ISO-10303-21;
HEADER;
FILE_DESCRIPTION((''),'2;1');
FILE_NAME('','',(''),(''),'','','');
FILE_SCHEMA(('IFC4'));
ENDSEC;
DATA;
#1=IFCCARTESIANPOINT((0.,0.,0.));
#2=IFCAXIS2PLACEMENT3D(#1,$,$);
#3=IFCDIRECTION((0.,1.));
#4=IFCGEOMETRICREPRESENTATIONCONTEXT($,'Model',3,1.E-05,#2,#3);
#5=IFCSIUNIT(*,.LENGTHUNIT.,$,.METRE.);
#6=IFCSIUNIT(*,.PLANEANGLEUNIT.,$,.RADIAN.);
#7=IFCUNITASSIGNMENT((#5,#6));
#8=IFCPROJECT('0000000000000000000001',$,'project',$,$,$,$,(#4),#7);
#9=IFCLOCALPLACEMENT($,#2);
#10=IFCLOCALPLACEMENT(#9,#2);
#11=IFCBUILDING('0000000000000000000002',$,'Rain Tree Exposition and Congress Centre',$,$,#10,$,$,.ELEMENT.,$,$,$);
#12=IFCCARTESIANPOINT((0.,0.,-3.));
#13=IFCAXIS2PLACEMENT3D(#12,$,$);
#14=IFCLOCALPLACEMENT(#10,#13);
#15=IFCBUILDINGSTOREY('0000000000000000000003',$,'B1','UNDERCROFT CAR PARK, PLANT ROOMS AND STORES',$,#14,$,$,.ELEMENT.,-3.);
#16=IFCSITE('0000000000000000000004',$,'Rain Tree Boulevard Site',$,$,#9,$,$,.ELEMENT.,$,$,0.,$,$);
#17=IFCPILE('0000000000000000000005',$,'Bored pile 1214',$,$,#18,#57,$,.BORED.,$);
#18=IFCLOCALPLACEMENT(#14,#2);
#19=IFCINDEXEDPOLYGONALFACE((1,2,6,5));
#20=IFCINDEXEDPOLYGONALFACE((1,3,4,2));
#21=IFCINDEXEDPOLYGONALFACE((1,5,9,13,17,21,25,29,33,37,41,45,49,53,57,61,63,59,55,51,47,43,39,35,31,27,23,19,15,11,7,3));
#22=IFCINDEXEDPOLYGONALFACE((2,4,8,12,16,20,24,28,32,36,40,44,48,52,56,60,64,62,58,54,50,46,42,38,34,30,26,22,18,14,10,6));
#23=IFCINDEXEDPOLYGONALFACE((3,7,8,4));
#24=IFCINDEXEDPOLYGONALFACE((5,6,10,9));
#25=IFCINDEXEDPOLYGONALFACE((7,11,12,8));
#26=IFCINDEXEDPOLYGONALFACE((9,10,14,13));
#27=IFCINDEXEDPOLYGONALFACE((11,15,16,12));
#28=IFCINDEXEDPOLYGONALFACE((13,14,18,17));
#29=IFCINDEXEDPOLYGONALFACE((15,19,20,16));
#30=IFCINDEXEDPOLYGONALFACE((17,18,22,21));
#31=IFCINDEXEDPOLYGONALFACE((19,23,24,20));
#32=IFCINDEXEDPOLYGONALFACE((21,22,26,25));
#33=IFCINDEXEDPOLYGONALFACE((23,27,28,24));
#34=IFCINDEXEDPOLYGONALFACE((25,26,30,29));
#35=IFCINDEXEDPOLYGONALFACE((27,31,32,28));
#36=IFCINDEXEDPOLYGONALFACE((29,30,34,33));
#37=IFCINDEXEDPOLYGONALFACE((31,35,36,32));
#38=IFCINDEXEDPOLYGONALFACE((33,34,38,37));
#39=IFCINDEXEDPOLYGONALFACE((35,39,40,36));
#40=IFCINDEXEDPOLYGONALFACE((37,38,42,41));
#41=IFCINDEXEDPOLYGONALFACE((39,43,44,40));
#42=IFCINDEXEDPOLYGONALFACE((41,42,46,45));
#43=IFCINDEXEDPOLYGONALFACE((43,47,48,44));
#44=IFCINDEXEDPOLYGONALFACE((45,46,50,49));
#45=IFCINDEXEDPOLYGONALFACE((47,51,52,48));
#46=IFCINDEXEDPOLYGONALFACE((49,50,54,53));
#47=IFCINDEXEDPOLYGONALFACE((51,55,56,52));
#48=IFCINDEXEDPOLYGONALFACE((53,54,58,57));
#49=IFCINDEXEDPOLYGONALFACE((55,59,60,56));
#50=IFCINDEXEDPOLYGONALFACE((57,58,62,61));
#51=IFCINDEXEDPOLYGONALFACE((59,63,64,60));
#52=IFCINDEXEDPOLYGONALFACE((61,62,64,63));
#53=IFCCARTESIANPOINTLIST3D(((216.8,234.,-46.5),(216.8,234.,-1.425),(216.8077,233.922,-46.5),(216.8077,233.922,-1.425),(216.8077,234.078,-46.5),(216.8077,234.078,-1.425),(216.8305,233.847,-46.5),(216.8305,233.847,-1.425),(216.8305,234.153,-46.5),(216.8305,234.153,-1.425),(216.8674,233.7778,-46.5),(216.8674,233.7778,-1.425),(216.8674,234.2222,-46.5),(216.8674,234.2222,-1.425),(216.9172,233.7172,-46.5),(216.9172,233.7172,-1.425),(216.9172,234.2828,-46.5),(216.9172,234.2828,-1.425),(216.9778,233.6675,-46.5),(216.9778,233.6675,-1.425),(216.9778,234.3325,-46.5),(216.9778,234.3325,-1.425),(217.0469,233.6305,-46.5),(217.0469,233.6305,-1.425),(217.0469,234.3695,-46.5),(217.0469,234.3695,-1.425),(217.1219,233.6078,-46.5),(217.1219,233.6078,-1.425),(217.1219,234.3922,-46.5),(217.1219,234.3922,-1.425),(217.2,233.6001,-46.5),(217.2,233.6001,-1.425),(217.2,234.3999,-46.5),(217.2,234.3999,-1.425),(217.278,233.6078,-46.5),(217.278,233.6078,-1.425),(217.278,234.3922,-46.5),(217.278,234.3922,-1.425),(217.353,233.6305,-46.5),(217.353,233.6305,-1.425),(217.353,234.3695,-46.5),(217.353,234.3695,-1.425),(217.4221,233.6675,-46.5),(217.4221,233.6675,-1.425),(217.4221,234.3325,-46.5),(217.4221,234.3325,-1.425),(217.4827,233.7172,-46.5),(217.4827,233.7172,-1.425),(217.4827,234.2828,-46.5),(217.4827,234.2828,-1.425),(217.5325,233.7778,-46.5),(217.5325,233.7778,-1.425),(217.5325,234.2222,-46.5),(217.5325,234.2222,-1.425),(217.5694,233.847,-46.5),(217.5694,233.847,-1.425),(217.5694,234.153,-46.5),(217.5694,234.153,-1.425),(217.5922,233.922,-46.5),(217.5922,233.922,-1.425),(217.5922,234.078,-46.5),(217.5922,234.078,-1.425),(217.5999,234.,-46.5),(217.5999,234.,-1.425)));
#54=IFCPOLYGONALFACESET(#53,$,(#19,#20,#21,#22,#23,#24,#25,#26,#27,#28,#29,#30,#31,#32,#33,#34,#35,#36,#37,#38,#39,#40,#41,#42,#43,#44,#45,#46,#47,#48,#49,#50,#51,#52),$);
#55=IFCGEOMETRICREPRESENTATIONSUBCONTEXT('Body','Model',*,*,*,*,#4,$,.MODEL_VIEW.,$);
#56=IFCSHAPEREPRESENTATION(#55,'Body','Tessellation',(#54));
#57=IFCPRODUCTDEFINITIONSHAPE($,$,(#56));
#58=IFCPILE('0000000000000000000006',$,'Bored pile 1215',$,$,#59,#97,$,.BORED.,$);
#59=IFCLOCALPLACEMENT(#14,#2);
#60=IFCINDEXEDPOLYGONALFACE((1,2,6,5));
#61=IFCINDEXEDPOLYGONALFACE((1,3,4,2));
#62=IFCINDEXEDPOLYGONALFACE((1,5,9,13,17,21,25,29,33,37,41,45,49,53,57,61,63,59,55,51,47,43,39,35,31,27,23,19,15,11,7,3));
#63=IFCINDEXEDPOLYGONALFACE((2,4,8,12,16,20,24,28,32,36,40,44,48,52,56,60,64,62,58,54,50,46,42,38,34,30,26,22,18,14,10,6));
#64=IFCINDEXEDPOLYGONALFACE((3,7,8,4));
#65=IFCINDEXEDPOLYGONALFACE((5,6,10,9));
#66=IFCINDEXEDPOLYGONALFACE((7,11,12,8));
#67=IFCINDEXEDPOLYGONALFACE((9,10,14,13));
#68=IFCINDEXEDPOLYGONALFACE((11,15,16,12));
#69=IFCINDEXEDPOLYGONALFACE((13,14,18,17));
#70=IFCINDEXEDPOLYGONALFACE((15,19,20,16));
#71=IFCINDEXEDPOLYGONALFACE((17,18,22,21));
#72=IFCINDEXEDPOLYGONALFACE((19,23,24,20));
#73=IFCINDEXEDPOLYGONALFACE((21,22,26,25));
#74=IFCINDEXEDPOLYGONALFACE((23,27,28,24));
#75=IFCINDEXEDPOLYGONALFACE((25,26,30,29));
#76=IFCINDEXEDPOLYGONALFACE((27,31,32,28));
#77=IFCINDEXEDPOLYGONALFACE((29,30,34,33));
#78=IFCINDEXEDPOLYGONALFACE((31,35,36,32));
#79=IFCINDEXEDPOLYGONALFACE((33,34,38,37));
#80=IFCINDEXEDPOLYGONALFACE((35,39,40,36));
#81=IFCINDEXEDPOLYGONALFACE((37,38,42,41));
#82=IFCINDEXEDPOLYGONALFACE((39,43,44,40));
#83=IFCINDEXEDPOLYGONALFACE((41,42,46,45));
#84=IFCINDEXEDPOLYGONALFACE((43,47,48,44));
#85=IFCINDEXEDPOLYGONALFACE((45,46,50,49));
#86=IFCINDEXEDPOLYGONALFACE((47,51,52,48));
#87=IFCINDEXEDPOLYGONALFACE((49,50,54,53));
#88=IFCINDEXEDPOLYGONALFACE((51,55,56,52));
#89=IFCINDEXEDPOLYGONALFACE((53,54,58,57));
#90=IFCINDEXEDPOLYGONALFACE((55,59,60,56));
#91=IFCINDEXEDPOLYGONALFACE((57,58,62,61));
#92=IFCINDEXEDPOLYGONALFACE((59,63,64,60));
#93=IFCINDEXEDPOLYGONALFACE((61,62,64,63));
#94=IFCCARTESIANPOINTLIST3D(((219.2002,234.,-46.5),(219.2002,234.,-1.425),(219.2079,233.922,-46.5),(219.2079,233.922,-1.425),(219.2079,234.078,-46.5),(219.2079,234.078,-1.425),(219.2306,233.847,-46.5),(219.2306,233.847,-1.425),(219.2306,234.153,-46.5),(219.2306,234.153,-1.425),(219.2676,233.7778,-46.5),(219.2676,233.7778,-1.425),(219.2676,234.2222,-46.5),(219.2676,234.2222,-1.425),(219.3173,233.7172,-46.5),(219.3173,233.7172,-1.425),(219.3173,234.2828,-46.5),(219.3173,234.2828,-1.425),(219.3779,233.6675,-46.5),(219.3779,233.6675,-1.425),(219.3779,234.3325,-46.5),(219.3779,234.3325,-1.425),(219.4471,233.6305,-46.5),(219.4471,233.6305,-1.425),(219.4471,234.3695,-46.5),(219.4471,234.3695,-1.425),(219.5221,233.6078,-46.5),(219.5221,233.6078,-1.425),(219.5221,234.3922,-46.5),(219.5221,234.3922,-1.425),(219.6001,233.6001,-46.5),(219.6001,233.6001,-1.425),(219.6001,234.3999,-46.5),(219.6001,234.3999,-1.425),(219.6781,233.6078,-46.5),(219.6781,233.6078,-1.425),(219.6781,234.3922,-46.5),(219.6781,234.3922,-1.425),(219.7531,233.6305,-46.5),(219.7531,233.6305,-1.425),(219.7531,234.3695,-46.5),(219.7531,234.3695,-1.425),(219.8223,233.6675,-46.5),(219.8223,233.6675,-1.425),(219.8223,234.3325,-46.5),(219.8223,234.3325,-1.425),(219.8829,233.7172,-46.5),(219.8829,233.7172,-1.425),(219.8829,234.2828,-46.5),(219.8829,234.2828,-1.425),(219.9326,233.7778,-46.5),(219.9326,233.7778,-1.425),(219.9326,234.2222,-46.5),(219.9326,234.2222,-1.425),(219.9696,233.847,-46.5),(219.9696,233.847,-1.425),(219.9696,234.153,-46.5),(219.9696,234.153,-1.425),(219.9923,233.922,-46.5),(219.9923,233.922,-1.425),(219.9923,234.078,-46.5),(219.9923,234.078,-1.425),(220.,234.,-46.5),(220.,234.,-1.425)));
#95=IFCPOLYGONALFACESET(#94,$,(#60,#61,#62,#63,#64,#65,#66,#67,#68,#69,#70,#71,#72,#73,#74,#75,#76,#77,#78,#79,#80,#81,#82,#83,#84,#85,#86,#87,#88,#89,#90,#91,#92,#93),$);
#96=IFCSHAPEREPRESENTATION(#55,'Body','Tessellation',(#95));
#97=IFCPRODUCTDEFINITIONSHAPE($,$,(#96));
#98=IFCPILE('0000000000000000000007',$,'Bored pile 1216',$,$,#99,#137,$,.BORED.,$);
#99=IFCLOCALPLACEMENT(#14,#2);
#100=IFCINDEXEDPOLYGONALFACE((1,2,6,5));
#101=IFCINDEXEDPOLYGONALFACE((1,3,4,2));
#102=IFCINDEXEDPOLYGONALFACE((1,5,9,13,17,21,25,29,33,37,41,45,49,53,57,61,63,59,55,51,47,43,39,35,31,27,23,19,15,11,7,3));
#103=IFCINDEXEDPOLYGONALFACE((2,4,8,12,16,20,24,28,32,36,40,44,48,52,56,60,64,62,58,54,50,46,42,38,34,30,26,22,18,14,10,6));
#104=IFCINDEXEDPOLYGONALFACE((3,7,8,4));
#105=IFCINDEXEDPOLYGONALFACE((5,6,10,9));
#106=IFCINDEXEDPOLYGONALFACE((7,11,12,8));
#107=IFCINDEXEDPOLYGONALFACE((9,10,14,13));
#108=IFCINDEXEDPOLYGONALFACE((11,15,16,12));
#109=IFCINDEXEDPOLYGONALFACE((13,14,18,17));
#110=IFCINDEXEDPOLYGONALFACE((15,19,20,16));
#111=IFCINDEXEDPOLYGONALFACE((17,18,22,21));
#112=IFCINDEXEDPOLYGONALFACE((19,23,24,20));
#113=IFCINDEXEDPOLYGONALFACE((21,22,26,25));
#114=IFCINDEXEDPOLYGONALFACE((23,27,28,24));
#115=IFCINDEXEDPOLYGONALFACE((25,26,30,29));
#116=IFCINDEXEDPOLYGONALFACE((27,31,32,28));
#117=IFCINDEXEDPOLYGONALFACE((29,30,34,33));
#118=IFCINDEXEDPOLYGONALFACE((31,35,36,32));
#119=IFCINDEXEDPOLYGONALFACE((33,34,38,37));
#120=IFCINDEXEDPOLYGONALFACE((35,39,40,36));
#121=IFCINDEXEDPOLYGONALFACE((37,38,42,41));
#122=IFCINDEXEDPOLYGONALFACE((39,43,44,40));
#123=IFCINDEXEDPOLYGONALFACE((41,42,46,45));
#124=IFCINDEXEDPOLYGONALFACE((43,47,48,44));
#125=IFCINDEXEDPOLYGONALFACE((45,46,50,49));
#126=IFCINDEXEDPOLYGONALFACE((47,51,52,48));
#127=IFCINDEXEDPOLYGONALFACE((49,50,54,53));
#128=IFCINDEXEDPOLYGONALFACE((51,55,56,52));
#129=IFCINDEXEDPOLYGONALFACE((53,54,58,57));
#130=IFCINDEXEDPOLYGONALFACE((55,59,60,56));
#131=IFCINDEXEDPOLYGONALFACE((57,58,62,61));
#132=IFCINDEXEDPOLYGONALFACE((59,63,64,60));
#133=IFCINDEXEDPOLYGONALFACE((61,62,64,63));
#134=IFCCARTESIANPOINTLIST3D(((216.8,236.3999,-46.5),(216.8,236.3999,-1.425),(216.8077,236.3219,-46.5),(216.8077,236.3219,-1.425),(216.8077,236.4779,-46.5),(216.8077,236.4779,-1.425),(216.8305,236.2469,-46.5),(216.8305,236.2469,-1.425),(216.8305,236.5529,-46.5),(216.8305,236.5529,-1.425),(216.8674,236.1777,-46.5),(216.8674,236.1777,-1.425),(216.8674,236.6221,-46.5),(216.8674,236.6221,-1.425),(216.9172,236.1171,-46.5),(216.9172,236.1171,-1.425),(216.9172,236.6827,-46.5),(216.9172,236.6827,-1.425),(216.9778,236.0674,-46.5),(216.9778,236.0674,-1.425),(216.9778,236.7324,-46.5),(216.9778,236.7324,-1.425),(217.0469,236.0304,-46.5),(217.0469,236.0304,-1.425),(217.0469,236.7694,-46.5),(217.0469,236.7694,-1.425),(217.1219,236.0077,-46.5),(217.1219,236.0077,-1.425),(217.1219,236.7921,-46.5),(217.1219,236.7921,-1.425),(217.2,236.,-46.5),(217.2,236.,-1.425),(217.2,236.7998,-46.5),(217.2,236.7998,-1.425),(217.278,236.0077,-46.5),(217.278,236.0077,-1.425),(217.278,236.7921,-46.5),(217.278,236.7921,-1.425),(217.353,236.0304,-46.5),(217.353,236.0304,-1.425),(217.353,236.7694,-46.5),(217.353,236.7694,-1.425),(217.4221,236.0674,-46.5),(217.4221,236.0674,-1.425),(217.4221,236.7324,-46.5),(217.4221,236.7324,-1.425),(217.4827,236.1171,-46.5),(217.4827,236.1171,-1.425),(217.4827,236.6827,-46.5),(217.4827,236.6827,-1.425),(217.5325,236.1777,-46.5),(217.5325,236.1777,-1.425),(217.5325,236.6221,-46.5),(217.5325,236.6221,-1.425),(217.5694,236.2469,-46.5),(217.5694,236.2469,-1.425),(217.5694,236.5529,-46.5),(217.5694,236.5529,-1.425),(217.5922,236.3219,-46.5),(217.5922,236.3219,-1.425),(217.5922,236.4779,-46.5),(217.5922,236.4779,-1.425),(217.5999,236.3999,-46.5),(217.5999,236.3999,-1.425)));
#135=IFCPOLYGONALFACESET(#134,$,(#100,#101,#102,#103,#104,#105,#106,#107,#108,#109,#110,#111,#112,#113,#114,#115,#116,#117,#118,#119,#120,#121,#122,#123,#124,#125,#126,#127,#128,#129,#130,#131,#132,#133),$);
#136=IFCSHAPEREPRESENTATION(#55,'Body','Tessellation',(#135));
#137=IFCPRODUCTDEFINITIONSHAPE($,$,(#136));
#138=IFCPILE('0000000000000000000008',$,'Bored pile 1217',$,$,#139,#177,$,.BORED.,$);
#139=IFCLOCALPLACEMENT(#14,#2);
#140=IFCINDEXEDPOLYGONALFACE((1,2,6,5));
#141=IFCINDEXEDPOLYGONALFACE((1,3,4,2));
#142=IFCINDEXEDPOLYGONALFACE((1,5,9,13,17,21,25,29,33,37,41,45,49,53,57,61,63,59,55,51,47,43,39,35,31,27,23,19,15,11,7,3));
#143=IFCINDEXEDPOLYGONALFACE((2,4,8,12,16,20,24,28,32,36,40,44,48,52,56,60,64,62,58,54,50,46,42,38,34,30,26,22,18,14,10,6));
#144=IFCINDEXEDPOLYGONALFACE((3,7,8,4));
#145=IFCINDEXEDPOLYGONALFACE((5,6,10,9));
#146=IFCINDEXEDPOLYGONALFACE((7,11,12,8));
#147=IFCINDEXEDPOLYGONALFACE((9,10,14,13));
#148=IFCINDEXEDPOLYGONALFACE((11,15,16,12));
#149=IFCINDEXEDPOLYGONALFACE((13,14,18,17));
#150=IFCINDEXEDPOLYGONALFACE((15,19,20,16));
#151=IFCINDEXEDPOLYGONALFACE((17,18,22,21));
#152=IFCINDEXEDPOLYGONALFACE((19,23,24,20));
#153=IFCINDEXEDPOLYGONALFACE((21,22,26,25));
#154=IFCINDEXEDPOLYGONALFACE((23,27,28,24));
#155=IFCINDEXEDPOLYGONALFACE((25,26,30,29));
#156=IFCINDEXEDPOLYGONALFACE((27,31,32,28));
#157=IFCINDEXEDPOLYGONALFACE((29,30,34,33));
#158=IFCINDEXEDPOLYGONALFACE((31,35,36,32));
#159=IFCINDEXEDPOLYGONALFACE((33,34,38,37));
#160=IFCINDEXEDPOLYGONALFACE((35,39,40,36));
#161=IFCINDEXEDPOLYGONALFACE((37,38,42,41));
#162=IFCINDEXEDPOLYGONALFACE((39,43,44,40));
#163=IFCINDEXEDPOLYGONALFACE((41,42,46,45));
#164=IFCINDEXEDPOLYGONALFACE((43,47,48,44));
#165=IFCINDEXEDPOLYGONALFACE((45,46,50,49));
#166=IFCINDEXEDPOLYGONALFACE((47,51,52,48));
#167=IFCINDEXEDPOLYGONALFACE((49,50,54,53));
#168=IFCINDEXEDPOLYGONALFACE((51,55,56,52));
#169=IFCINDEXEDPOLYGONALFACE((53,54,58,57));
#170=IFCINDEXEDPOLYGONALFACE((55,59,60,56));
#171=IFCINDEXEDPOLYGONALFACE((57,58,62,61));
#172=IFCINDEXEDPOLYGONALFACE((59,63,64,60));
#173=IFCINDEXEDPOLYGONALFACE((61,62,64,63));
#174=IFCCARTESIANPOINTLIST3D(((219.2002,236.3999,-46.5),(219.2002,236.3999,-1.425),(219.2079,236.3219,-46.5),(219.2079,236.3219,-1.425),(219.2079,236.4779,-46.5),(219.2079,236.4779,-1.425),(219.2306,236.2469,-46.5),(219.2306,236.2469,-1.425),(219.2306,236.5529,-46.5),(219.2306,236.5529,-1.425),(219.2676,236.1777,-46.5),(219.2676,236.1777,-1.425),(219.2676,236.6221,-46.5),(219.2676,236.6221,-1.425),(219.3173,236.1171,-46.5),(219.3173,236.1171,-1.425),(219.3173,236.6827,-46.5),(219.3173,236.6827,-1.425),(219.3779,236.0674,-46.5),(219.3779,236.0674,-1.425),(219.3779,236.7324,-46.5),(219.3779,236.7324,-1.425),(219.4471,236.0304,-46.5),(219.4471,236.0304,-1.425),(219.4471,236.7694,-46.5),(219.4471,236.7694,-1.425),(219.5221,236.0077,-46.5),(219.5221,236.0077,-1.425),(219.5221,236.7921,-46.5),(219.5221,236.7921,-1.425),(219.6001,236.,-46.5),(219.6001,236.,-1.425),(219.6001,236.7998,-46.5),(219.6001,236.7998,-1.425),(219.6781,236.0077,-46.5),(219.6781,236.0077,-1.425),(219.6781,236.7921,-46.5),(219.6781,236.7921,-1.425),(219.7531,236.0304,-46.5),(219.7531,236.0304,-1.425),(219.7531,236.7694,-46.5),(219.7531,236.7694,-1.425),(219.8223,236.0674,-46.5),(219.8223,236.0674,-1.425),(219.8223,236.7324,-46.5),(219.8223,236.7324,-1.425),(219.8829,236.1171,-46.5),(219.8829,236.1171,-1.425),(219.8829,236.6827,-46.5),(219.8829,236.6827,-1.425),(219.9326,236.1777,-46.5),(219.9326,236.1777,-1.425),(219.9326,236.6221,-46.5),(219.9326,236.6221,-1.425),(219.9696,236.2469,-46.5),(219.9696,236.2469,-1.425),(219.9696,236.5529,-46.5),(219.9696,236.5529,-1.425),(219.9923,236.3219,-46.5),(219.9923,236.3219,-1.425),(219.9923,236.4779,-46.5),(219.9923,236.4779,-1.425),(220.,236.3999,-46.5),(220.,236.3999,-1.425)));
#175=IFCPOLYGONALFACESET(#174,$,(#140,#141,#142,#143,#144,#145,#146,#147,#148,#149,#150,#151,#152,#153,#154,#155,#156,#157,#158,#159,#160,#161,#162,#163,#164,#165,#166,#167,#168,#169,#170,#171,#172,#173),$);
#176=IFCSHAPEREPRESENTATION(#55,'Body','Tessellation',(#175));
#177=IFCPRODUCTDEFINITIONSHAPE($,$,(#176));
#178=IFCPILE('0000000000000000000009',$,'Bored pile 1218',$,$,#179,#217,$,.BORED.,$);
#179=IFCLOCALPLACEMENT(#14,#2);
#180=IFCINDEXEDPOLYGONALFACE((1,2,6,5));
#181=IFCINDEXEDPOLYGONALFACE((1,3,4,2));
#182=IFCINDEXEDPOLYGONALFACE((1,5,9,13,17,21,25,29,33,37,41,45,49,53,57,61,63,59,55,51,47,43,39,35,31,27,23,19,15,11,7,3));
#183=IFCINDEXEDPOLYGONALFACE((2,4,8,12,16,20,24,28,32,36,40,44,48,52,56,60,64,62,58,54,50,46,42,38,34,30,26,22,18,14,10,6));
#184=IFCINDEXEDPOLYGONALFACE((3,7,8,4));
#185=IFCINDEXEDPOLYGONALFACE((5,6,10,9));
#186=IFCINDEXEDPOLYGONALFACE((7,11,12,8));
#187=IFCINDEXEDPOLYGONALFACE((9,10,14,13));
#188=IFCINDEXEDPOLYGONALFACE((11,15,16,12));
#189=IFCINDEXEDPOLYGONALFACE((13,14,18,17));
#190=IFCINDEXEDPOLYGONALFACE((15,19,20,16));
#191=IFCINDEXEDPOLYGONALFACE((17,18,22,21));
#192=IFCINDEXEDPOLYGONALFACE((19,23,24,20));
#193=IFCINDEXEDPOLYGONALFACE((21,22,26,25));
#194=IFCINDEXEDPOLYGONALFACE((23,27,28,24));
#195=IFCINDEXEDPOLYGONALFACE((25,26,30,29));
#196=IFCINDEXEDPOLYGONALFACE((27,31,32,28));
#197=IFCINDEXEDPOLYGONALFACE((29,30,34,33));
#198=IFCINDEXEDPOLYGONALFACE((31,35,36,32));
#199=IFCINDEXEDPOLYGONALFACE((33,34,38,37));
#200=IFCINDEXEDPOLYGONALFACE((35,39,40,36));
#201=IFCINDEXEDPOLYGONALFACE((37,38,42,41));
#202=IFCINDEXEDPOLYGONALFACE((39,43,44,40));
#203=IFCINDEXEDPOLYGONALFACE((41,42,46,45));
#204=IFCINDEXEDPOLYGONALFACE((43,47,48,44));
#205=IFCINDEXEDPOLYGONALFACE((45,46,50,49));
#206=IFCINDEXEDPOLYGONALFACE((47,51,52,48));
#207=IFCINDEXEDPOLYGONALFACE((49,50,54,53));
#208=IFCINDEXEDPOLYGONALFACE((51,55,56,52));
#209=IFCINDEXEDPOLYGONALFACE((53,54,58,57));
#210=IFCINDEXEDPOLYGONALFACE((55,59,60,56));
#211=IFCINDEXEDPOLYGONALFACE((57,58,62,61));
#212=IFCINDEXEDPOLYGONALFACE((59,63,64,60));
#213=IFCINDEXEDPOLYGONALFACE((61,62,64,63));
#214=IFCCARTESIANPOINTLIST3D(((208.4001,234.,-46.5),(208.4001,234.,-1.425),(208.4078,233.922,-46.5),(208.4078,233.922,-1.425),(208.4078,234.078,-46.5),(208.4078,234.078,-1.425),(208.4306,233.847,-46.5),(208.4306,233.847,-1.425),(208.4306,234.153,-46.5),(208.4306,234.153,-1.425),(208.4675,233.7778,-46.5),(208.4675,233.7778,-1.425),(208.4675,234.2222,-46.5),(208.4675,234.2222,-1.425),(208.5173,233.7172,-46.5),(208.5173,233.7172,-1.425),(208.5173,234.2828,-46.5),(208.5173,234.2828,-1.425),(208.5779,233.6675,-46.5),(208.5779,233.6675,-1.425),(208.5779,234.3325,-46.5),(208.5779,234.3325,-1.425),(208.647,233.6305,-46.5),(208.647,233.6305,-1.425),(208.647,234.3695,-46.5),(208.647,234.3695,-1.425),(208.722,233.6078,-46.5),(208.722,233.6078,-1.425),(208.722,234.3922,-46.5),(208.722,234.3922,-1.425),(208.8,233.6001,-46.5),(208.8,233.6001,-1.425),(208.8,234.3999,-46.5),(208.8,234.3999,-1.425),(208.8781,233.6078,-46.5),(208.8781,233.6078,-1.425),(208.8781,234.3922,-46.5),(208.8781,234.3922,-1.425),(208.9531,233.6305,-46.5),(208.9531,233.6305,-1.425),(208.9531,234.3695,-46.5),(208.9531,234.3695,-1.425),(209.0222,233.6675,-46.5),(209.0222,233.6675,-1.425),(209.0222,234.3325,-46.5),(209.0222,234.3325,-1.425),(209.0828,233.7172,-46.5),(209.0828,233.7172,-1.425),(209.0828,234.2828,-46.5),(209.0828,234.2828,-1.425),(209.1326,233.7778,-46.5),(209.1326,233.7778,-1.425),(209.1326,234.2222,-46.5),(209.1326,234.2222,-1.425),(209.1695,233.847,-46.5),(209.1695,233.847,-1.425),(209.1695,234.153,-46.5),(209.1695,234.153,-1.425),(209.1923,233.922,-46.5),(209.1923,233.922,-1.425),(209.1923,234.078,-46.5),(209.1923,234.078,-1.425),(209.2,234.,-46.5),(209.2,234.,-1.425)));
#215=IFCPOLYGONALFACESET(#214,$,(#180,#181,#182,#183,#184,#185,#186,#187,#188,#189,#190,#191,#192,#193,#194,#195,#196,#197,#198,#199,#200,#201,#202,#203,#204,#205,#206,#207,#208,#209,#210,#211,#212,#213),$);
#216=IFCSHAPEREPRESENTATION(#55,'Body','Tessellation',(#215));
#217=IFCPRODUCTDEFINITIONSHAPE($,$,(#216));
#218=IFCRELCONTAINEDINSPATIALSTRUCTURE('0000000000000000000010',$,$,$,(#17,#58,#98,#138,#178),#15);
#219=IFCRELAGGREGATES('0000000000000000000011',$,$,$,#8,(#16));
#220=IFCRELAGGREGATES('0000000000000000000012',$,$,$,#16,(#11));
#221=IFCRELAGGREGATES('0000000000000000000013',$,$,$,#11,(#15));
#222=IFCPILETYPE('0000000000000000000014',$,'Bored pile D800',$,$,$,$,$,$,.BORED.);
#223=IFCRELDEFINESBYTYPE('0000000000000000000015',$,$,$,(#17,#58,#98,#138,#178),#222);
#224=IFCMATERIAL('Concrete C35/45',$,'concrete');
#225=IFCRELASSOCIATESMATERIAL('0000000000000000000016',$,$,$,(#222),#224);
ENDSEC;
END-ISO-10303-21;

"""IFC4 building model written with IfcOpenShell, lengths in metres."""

from ifc_helpers import new_model, si_unit, direction, frame, origin, origin_2d, place, context, subcontext, project, spatial, circle, extrude, material, material_profile, profile_set, type_object, element, save


model = new_model("IFC4")

# Units and contexts
model_context = context("Model", 3, precision=1e-05, world=origin(), true_north=direction((0.0, 1.0)))
body_context = subcontext(model_context, "Body", "Model", "MODEL_VIEW")
ifc_project = project(units=[si_unit("LENGTHUNIT", "METRE"), si_unit("PLANEANGLEUNIT", "RADIAN")], contexts=[model_context])

# Site, building, storey
site_placement = place(None, origin())
site = spatial("IfcSite", under=ifc_project, at=site_placement, Name="Rain Tree Boulevard Site", CompositionType="ELEMENT", RefElevation=0.0)
building_placement = place(site_placement, origin())
building = spatial("IfcBuilding", under=site, at=building_placement, Name="Rain Tree Exposition and Congress Centre", CompositionType="ELEMENT")
storey_placement = place(building_placement, frame((0.0, 0.0, -3.0)))
storey = spatial("IfcBuildingStorey", under=building, at=storey_placement, Name="B1", Description="UNDERCROFT CAR PARK, PLANT ROOMS AND STORES", CompositionType="ELEMENT", Elevation=-3.0)

# Piles
ifc_material_1 = material(Name="Concrete C35/45", Category="concrete")
ifc_material_profile_1 = material_profile(ifc_material_1, circle(Radius=0.3999, at=origin_2d()), Name="D800")
ifc_profile_set_1 = profile_set([ifc_material_profile_1], Name="Concrete C35/45")
pile_type_1 = type_object("IfcPileType", Name="Bored pile D800", PredefinedType="BORED", material=ifc_profile_set_1)
for number, where, z_axis, x_axis, name in (
    (1, (217.2, 234.0, -1.425), (0.0, 0.0, -1.0), (1.0, 0.0, 0.0), "Bored pile 1214"),
    (2, (219.6001, 234.0, -1.425), (0.0, 0.0, -1.0), (1.0, 0.0, 0.0), "Bored pile 1215"),
    (3, (217.2, 236.3999, -1.425), (0.0, 0.0, -1.0), (1.0, 0.0, 0.0), "Bored pile 1216"),
    (4, (219.6001, 236.3999, -1.425), (0.0, 0.0, -1.0), (1.0, 0.0, 0.0), "Bored pile 1217"),
    (5, (208.8, 234.0, -1.425), (0.0, 0.0, -1.0), (1.0, 0.0, 0.0), "Bored pile 1218"),
):
    element("IfcPile", number, at=place(storey_placement, frame(where, z_axis=z_axis, x_axis=x_axis)), inside=storey, type_object=pile_type_1, Name=name, PredefinedType="BORED", context=body_context, shape_type="SweptSolid", body=[
        extrude(circle(Radius=0.3999, at=origin_2d()), origin(), (0.0, 0.0, 1.0), 45.075),
    ])

save(model, "model.ifc")
